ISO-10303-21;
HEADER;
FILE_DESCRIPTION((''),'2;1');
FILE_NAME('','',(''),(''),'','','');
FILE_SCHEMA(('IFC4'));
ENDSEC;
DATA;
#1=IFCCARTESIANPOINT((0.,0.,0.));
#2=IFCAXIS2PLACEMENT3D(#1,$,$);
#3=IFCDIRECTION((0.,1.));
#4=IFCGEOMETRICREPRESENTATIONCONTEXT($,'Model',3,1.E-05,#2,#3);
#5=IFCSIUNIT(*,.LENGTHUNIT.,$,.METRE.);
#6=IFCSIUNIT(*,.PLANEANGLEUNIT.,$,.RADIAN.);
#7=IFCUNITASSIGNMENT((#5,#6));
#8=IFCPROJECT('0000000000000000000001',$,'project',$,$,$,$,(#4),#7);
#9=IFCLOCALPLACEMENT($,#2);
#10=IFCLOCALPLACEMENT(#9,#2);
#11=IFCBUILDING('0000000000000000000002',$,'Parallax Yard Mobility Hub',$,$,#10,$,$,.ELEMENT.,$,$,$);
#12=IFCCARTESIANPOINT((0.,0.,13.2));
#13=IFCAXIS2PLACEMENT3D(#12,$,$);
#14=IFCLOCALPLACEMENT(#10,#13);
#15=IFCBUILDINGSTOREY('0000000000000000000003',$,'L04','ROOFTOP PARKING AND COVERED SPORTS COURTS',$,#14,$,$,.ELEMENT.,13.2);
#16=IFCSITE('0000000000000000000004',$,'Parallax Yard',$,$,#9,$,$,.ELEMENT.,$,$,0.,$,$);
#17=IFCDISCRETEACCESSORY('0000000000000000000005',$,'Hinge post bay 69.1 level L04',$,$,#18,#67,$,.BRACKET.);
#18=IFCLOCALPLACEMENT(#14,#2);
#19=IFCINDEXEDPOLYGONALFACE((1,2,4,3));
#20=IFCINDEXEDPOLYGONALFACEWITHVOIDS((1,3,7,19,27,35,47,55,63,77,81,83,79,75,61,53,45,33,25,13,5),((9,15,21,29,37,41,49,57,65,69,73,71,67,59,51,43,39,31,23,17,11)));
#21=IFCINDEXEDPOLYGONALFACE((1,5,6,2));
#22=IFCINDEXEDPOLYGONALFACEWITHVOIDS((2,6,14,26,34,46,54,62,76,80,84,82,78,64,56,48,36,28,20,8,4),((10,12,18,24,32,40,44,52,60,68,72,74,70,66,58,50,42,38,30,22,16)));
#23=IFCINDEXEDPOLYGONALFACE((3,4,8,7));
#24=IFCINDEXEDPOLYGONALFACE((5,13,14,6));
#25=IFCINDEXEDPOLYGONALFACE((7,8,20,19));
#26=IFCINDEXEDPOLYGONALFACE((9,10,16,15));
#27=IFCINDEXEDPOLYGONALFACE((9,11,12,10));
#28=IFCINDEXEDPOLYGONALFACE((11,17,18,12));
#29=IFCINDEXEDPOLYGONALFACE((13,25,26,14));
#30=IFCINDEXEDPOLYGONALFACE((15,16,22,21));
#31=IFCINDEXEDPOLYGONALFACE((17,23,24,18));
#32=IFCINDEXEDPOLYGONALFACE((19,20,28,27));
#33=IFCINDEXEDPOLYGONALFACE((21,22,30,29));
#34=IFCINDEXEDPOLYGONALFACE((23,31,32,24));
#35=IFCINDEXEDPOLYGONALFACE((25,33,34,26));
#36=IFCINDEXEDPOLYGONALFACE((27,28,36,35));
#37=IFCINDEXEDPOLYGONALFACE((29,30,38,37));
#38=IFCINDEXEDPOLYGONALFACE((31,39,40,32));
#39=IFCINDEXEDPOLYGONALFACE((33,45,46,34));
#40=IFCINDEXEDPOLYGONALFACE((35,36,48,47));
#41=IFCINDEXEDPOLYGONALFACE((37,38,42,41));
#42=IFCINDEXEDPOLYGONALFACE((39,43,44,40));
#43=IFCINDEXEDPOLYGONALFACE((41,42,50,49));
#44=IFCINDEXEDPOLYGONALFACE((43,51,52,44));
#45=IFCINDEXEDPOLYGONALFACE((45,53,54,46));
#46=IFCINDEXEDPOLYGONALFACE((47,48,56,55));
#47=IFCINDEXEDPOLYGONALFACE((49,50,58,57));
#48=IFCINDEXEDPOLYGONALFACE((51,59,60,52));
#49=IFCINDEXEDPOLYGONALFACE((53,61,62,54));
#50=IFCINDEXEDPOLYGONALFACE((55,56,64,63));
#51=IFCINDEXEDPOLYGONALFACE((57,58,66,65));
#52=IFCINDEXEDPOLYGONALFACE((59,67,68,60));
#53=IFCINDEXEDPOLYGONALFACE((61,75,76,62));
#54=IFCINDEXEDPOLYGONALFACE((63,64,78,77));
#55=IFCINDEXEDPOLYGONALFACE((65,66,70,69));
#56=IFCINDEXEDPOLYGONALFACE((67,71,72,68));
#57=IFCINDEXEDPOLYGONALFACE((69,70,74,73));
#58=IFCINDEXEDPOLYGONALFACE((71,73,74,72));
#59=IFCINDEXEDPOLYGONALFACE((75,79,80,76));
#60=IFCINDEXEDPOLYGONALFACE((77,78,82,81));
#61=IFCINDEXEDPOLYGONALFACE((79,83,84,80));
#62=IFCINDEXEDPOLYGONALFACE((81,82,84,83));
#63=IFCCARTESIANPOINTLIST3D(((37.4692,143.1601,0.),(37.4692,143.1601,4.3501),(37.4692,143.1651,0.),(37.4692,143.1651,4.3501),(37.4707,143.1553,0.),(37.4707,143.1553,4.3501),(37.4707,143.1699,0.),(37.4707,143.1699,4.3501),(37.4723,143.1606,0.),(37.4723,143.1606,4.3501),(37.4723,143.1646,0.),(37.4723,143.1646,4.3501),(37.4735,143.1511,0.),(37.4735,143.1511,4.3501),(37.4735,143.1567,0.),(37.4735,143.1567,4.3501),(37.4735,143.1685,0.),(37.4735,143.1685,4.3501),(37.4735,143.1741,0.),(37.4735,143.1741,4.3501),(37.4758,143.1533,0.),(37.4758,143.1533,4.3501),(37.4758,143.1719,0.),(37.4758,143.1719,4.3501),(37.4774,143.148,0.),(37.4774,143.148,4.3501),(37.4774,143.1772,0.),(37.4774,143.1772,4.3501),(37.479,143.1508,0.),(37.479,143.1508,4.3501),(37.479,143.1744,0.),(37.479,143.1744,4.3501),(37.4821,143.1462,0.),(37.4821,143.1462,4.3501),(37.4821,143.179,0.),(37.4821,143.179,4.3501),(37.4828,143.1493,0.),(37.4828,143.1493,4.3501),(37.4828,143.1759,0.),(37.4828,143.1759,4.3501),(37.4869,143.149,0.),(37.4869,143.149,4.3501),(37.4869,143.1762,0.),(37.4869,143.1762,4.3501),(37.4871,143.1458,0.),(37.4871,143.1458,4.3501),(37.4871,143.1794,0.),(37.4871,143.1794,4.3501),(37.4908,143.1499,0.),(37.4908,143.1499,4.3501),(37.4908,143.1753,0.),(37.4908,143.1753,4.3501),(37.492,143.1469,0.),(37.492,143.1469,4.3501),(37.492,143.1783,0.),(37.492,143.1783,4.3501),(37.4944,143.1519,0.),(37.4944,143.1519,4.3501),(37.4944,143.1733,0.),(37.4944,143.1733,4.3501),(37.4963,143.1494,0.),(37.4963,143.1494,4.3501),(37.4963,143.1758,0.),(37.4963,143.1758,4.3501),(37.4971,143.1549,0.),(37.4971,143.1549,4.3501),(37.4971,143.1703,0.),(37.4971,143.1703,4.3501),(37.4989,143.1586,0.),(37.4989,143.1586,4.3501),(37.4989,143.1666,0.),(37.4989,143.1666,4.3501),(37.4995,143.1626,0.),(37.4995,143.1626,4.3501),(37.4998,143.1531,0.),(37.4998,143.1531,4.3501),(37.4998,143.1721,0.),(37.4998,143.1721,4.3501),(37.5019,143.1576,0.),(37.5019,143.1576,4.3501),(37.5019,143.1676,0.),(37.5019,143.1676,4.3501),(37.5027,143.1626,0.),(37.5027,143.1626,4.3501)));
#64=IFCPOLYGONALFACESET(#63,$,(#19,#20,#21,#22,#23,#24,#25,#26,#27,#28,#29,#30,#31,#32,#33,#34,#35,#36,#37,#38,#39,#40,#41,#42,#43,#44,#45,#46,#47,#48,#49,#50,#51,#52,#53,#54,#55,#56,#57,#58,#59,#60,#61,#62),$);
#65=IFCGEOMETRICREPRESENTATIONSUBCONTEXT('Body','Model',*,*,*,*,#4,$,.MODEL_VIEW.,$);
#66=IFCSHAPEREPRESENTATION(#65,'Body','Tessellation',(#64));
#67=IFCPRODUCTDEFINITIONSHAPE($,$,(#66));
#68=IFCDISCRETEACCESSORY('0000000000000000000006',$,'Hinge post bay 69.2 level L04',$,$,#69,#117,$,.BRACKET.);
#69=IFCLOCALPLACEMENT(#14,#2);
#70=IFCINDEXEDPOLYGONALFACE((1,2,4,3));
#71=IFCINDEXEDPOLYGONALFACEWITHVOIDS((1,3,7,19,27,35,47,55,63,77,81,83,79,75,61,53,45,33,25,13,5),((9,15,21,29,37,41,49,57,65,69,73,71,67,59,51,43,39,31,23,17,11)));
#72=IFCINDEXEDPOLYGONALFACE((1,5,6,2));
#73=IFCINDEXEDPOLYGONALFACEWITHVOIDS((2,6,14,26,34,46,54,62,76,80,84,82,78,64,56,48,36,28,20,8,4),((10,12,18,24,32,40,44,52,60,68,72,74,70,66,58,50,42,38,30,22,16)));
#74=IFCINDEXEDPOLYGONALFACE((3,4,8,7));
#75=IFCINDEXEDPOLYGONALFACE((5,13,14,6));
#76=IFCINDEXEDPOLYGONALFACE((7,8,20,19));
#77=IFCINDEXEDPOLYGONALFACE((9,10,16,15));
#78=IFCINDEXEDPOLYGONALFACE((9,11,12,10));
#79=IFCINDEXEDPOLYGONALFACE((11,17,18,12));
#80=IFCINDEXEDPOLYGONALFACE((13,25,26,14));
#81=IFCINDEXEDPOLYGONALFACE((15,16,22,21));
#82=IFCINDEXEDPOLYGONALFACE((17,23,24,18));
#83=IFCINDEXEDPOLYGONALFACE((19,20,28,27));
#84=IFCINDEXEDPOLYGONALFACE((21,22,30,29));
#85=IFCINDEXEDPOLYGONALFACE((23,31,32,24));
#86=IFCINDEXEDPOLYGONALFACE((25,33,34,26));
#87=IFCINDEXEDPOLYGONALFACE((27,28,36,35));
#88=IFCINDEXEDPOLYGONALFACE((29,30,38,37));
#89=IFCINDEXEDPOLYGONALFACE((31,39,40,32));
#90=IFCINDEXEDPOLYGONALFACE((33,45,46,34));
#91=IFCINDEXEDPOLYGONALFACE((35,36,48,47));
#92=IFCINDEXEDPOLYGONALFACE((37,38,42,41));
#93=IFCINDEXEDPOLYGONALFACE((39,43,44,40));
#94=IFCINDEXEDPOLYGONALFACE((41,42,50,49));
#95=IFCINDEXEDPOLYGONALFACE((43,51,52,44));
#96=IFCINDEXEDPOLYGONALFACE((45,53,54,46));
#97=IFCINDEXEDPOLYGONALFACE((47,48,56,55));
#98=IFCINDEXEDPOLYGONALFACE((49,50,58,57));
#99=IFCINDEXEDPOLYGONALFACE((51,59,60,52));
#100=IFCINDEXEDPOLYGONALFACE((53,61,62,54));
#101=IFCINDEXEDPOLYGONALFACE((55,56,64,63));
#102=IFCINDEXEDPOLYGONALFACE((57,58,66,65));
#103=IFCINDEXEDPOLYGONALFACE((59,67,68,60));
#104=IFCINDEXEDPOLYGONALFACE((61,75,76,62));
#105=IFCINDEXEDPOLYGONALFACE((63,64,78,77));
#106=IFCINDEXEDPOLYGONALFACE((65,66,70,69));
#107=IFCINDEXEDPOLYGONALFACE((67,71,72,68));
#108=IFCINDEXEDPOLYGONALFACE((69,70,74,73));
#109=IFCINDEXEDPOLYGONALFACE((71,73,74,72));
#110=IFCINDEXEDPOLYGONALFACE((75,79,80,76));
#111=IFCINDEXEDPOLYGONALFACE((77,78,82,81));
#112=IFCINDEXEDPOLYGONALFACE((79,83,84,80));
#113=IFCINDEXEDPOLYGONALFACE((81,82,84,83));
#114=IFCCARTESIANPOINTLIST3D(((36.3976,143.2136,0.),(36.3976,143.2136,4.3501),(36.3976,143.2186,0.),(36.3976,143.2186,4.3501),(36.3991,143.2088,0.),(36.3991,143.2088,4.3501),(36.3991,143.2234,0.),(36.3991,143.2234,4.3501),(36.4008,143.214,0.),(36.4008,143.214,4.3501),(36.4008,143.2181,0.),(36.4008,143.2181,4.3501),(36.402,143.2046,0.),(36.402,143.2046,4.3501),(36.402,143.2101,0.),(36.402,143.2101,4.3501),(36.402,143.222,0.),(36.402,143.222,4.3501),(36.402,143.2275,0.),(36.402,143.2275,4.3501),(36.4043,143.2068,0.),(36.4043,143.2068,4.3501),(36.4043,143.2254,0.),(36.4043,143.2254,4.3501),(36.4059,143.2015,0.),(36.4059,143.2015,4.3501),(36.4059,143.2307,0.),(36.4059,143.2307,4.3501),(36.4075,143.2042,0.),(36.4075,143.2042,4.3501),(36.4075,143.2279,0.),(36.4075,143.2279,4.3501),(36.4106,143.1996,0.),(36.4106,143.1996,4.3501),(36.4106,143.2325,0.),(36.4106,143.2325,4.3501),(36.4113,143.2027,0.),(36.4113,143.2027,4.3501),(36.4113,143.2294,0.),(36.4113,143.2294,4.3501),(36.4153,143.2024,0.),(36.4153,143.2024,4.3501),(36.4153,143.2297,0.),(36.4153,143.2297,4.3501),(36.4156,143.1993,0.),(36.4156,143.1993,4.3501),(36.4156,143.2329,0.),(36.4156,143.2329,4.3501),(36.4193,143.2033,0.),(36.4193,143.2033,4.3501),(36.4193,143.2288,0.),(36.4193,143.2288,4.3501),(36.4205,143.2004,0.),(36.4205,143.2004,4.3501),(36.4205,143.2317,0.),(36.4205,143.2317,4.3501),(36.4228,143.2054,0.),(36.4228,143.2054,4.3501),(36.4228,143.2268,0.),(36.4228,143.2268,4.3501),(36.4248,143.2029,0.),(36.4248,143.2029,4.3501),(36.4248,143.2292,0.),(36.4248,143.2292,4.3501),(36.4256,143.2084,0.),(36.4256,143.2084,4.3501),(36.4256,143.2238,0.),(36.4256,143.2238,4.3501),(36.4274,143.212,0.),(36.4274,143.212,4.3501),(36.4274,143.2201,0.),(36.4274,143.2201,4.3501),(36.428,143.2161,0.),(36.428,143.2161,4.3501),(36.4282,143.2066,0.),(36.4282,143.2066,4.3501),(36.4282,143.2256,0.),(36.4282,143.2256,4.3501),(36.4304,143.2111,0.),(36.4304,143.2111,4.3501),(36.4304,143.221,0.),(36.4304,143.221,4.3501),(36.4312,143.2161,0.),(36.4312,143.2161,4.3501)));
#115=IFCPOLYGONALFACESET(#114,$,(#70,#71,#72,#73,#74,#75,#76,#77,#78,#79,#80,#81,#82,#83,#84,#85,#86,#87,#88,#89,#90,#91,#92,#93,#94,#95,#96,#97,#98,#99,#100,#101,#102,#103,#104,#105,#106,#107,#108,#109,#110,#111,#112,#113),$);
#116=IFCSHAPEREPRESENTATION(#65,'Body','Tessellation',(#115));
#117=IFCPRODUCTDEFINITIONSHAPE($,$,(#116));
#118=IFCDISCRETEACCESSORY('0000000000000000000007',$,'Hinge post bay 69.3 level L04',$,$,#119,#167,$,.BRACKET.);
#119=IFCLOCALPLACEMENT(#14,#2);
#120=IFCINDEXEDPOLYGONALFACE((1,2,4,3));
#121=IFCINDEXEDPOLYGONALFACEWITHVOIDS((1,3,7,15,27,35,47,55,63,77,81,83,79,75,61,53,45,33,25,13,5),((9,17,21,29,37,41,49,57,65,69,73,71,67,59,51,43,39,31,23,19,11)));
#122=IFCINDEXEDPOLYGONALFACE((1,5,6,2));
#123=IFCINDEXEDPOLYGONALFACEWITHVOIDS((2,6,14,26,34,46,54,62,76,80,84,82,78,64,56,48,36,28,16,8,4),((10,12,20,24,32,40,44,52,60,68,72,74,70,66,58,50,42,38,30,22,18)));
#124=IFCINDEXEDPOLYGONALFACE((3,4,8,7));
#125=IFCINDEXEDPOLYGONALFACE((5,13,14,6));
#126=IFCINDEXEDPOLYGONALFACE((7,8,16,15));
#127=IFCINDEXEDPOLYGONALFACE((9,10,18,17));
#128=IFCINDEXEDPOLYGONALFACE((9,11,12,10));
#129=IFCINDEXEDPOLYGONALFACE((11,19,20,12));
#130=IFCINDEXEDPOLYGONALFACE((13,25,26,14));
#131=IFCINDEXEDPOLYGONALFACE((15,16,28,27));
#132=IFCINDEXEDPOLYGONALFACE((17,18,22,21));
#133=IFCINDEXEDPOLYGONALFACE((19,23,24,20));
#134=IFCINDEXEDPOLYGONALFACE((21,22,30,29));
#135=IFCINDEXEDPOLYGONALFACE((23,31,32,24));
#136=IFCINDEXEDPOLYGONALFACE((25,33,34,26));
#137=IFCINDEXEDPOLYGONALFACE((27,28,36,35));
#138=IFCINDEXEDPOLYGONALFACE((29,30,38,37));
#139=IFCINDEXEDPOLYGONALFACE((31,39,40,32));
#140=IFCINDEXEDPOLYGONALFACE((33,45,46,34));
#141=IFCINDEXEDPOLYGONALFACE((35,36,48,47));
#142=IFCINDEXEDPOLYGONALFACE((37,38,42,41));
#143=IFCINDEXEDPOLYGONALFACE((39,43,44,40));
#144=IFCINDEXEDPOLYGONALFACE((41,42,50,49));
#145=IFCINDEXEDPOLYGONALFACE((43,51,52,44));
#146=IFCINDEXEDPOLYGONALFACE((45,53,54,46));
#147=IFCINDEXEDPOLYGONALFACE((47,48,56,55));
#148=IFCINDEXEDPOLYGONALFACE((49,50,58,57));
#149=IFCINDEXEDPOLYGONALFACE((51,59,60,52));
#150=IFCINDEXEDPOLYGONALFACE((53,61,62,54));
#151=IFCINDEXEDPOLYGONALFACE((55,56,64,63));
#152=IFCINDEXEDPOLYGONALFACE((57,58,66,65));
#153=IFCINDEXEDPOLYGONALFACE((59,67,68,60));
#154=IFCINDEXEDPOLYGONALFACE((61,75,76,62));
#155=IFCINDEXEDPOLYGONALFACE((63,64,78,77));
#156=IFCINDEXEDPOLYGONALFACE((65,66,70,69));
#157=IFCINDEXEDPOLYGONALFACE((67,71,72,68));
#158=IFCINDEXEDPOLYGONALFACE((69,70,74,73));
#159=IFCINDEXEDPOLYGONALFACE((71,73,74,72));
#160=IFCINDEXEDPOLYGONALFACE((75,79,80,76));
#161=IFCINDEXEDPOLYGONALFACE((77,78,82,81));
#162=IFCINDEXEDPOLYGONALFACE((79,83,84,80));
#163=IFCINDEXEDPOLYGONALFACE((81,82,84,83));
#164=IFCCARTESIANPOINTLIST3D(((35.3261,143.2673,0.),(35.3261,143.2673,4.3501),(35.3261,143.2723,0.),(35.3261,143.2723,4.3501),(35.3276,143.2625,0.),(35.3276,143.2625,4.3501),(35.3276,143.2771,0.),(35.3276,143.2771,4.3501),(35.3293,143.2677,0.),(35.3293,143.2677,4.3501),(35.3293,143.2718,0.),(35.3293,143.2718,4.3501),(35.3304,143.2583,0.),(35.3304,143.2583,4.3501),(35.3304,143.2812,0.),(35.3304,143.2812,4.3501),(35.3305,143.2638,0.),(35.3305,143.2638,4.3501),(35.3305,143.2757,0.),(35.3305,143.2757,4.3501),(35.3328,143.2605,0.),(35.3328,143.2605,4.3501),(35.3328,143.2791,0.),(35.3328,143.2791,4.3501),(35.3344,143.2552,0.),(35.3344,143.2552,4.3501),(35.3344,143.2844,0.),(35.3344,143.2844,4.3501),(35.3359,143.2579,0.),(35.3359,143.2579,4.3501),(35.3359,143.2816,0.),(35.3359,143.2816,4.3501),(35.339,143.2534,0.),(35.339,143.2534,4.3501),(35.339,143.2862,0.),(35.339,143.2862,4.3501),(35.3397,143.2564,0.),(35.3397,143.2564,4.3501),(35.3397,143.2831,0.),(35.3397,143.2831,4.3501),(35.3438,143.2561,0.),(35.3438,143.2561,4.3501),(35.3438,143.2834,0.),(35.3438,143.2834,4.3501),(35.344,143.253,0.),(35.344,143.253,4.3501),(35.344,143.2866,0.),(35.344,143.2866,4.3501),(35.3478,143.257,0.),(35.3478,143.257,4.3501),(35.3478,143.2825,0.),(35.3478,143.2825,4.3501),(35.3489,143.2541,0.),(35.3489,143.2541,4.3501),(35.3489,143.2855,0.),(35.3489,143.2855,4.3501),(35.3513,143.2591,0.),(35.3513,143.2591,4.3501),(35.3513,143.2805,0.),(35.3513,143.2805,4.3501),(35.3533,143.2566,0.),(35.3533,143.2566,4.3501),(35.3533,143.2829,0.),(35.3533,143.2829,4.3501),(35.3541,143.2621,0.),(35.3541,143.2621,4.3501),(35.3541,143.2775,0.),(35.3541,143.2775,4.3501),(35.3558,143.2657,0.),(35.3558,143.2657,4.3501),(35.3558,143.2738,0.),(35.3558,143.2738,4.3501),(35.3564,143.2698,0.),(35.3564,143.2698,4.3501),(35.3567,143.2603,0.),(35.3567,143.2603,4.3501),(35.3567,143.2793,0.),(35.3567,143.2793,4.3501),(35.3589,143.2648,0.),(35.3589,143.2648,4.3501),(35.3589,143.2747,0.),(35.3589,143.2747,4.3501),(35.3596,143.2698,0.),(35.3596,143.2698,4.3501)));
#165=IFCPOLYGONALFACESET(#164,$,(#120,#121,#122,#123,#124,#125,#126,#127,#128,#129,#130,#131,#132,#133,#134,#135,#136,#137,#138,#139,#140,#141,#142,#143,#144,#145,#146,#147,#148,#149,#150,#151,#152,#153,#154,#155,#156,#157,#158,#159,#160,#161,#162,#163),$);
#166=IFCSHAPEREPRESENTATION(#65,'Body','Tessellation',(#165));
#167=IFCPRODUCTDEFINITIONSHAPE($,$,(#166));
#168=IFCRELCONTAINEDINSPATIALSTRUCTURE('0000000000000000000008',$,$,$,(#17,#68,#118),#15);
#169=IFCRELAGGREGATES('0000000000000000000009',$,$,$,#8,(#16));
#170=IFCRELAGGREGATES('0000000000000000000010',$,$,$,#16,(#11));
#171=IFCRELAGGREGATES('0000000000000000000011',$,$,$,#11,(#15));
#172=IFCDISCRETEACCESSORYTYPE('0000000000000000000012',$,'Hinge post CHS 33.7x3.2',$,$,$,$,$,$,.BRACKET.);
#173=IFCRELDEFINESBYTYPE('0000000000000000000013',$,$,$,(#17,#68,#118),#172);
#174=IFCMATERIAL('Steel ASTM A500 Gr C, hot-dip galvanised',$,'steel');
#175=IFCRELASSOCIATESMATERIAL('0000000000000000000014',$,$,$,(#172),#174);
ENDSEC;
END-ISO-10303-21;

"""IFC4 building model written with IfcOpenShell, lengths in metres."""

from ifc_helpers import new_model, si_unit, direction, frame, origin, origin_2d, place, context, subcontext, project, spatial, hollow_circle, extrude, material, material_profile, profile_set, type_object, element, save


model = new_model("IFC4")

# Units and contexts
model_context = context("Model", 3, precision=1e-05, world=origin(), true_north=direction((0.0, 1.0)))
body_context = subcontext(model_context, "Body", "Model", "MODEL_VIEW")
ifc_project = project(units=[si_unit("LENGTHUNIT", "METRE"), si_unit("PLANEANGLEUNIT", "RADIAN")], contexts=[model_context])

# Site, building, storey
site_placement = place(None, origin())
site = spatial("IfcSite", under=ifc_project, at=site_placement, Name="Parallax Yard", CompositionType="ELEMENT", RefElevation=0.0)
building_placement = place(site_placement, origin())
building = spatial("IfcBuilding", under=site, at=building_placement, Name="Parallax Yard Mobility Hub", CompositionType="ELEMENT")
storey_placement = place(building_placement, frame((0.0, 0.0, 13.2)))
storey = spatial("IfcBuildingStorey", under=building, at=storey_placement, Name="L04", Description="ROOFTOP PARKING AND COVERED SPORTS COURTS", CompositionType="ELEMENT", Elevation=13.2)

# Discrete accessories
ifc_material_1 = material(Name="Steel ASTM A500 Gr C, hot-dip galvanised", Category="steel")
ifc_material_profile = material_profile(ifc_material_1, hollow_circle(Radius=0.0168, WallThickness=0.0032, at=origin_2d()), Name="CHS 33.7x3.2")
ifc_profile_set = profile_set([ifc_material_profile], Name="Steel ASTM A500 Gr C, hot-dip galvanised")
discrete_accessory_type = type_object("IfcDiscreteAccessoryType", Name="Hinge post CHS 33.7x3.2", PredefinedType="BRACKET", material=ifc_profile_set)
for number, where, z_axis, x_axis, name in (
    (1, (37.4858, 143.1626, 0.0), (0.0, 0.0, 1.0), (1.0, 0.0, 0.0), "Hinge post bay 69.1 level L04"),
    (2, (36.4143, 143.2161, 0.0), (0.0, 0.0, 1.0), (1.0, 0.0, 0.0), "Hinge post bay 69.2 level L04"),
    (3, (35.3428, 143.2698, 0.0), (0.0, 0.0, 1.0), (1.0, 0.0, 0.0), "Hinge post bay 69.3 level L04"),
):
    element("IfcDiscreteAccessory", number, at=place(storey_placement, frame(where, z_axis=z_axis, x_axis=x_axis)), inside=storey, type_object=discrete_accessory_type, Name=name, PredefinedType="BRACKET", context=body_context, shape_type="SweptSolid", body=[
        extrude(hollow_circle(Radius=0.0168, WallThickness=0.0032, at=origin_2d()), origin(), (0.0, 0.0, 1.0), 4.3501),
    ])

save(model, "model.ifc")
